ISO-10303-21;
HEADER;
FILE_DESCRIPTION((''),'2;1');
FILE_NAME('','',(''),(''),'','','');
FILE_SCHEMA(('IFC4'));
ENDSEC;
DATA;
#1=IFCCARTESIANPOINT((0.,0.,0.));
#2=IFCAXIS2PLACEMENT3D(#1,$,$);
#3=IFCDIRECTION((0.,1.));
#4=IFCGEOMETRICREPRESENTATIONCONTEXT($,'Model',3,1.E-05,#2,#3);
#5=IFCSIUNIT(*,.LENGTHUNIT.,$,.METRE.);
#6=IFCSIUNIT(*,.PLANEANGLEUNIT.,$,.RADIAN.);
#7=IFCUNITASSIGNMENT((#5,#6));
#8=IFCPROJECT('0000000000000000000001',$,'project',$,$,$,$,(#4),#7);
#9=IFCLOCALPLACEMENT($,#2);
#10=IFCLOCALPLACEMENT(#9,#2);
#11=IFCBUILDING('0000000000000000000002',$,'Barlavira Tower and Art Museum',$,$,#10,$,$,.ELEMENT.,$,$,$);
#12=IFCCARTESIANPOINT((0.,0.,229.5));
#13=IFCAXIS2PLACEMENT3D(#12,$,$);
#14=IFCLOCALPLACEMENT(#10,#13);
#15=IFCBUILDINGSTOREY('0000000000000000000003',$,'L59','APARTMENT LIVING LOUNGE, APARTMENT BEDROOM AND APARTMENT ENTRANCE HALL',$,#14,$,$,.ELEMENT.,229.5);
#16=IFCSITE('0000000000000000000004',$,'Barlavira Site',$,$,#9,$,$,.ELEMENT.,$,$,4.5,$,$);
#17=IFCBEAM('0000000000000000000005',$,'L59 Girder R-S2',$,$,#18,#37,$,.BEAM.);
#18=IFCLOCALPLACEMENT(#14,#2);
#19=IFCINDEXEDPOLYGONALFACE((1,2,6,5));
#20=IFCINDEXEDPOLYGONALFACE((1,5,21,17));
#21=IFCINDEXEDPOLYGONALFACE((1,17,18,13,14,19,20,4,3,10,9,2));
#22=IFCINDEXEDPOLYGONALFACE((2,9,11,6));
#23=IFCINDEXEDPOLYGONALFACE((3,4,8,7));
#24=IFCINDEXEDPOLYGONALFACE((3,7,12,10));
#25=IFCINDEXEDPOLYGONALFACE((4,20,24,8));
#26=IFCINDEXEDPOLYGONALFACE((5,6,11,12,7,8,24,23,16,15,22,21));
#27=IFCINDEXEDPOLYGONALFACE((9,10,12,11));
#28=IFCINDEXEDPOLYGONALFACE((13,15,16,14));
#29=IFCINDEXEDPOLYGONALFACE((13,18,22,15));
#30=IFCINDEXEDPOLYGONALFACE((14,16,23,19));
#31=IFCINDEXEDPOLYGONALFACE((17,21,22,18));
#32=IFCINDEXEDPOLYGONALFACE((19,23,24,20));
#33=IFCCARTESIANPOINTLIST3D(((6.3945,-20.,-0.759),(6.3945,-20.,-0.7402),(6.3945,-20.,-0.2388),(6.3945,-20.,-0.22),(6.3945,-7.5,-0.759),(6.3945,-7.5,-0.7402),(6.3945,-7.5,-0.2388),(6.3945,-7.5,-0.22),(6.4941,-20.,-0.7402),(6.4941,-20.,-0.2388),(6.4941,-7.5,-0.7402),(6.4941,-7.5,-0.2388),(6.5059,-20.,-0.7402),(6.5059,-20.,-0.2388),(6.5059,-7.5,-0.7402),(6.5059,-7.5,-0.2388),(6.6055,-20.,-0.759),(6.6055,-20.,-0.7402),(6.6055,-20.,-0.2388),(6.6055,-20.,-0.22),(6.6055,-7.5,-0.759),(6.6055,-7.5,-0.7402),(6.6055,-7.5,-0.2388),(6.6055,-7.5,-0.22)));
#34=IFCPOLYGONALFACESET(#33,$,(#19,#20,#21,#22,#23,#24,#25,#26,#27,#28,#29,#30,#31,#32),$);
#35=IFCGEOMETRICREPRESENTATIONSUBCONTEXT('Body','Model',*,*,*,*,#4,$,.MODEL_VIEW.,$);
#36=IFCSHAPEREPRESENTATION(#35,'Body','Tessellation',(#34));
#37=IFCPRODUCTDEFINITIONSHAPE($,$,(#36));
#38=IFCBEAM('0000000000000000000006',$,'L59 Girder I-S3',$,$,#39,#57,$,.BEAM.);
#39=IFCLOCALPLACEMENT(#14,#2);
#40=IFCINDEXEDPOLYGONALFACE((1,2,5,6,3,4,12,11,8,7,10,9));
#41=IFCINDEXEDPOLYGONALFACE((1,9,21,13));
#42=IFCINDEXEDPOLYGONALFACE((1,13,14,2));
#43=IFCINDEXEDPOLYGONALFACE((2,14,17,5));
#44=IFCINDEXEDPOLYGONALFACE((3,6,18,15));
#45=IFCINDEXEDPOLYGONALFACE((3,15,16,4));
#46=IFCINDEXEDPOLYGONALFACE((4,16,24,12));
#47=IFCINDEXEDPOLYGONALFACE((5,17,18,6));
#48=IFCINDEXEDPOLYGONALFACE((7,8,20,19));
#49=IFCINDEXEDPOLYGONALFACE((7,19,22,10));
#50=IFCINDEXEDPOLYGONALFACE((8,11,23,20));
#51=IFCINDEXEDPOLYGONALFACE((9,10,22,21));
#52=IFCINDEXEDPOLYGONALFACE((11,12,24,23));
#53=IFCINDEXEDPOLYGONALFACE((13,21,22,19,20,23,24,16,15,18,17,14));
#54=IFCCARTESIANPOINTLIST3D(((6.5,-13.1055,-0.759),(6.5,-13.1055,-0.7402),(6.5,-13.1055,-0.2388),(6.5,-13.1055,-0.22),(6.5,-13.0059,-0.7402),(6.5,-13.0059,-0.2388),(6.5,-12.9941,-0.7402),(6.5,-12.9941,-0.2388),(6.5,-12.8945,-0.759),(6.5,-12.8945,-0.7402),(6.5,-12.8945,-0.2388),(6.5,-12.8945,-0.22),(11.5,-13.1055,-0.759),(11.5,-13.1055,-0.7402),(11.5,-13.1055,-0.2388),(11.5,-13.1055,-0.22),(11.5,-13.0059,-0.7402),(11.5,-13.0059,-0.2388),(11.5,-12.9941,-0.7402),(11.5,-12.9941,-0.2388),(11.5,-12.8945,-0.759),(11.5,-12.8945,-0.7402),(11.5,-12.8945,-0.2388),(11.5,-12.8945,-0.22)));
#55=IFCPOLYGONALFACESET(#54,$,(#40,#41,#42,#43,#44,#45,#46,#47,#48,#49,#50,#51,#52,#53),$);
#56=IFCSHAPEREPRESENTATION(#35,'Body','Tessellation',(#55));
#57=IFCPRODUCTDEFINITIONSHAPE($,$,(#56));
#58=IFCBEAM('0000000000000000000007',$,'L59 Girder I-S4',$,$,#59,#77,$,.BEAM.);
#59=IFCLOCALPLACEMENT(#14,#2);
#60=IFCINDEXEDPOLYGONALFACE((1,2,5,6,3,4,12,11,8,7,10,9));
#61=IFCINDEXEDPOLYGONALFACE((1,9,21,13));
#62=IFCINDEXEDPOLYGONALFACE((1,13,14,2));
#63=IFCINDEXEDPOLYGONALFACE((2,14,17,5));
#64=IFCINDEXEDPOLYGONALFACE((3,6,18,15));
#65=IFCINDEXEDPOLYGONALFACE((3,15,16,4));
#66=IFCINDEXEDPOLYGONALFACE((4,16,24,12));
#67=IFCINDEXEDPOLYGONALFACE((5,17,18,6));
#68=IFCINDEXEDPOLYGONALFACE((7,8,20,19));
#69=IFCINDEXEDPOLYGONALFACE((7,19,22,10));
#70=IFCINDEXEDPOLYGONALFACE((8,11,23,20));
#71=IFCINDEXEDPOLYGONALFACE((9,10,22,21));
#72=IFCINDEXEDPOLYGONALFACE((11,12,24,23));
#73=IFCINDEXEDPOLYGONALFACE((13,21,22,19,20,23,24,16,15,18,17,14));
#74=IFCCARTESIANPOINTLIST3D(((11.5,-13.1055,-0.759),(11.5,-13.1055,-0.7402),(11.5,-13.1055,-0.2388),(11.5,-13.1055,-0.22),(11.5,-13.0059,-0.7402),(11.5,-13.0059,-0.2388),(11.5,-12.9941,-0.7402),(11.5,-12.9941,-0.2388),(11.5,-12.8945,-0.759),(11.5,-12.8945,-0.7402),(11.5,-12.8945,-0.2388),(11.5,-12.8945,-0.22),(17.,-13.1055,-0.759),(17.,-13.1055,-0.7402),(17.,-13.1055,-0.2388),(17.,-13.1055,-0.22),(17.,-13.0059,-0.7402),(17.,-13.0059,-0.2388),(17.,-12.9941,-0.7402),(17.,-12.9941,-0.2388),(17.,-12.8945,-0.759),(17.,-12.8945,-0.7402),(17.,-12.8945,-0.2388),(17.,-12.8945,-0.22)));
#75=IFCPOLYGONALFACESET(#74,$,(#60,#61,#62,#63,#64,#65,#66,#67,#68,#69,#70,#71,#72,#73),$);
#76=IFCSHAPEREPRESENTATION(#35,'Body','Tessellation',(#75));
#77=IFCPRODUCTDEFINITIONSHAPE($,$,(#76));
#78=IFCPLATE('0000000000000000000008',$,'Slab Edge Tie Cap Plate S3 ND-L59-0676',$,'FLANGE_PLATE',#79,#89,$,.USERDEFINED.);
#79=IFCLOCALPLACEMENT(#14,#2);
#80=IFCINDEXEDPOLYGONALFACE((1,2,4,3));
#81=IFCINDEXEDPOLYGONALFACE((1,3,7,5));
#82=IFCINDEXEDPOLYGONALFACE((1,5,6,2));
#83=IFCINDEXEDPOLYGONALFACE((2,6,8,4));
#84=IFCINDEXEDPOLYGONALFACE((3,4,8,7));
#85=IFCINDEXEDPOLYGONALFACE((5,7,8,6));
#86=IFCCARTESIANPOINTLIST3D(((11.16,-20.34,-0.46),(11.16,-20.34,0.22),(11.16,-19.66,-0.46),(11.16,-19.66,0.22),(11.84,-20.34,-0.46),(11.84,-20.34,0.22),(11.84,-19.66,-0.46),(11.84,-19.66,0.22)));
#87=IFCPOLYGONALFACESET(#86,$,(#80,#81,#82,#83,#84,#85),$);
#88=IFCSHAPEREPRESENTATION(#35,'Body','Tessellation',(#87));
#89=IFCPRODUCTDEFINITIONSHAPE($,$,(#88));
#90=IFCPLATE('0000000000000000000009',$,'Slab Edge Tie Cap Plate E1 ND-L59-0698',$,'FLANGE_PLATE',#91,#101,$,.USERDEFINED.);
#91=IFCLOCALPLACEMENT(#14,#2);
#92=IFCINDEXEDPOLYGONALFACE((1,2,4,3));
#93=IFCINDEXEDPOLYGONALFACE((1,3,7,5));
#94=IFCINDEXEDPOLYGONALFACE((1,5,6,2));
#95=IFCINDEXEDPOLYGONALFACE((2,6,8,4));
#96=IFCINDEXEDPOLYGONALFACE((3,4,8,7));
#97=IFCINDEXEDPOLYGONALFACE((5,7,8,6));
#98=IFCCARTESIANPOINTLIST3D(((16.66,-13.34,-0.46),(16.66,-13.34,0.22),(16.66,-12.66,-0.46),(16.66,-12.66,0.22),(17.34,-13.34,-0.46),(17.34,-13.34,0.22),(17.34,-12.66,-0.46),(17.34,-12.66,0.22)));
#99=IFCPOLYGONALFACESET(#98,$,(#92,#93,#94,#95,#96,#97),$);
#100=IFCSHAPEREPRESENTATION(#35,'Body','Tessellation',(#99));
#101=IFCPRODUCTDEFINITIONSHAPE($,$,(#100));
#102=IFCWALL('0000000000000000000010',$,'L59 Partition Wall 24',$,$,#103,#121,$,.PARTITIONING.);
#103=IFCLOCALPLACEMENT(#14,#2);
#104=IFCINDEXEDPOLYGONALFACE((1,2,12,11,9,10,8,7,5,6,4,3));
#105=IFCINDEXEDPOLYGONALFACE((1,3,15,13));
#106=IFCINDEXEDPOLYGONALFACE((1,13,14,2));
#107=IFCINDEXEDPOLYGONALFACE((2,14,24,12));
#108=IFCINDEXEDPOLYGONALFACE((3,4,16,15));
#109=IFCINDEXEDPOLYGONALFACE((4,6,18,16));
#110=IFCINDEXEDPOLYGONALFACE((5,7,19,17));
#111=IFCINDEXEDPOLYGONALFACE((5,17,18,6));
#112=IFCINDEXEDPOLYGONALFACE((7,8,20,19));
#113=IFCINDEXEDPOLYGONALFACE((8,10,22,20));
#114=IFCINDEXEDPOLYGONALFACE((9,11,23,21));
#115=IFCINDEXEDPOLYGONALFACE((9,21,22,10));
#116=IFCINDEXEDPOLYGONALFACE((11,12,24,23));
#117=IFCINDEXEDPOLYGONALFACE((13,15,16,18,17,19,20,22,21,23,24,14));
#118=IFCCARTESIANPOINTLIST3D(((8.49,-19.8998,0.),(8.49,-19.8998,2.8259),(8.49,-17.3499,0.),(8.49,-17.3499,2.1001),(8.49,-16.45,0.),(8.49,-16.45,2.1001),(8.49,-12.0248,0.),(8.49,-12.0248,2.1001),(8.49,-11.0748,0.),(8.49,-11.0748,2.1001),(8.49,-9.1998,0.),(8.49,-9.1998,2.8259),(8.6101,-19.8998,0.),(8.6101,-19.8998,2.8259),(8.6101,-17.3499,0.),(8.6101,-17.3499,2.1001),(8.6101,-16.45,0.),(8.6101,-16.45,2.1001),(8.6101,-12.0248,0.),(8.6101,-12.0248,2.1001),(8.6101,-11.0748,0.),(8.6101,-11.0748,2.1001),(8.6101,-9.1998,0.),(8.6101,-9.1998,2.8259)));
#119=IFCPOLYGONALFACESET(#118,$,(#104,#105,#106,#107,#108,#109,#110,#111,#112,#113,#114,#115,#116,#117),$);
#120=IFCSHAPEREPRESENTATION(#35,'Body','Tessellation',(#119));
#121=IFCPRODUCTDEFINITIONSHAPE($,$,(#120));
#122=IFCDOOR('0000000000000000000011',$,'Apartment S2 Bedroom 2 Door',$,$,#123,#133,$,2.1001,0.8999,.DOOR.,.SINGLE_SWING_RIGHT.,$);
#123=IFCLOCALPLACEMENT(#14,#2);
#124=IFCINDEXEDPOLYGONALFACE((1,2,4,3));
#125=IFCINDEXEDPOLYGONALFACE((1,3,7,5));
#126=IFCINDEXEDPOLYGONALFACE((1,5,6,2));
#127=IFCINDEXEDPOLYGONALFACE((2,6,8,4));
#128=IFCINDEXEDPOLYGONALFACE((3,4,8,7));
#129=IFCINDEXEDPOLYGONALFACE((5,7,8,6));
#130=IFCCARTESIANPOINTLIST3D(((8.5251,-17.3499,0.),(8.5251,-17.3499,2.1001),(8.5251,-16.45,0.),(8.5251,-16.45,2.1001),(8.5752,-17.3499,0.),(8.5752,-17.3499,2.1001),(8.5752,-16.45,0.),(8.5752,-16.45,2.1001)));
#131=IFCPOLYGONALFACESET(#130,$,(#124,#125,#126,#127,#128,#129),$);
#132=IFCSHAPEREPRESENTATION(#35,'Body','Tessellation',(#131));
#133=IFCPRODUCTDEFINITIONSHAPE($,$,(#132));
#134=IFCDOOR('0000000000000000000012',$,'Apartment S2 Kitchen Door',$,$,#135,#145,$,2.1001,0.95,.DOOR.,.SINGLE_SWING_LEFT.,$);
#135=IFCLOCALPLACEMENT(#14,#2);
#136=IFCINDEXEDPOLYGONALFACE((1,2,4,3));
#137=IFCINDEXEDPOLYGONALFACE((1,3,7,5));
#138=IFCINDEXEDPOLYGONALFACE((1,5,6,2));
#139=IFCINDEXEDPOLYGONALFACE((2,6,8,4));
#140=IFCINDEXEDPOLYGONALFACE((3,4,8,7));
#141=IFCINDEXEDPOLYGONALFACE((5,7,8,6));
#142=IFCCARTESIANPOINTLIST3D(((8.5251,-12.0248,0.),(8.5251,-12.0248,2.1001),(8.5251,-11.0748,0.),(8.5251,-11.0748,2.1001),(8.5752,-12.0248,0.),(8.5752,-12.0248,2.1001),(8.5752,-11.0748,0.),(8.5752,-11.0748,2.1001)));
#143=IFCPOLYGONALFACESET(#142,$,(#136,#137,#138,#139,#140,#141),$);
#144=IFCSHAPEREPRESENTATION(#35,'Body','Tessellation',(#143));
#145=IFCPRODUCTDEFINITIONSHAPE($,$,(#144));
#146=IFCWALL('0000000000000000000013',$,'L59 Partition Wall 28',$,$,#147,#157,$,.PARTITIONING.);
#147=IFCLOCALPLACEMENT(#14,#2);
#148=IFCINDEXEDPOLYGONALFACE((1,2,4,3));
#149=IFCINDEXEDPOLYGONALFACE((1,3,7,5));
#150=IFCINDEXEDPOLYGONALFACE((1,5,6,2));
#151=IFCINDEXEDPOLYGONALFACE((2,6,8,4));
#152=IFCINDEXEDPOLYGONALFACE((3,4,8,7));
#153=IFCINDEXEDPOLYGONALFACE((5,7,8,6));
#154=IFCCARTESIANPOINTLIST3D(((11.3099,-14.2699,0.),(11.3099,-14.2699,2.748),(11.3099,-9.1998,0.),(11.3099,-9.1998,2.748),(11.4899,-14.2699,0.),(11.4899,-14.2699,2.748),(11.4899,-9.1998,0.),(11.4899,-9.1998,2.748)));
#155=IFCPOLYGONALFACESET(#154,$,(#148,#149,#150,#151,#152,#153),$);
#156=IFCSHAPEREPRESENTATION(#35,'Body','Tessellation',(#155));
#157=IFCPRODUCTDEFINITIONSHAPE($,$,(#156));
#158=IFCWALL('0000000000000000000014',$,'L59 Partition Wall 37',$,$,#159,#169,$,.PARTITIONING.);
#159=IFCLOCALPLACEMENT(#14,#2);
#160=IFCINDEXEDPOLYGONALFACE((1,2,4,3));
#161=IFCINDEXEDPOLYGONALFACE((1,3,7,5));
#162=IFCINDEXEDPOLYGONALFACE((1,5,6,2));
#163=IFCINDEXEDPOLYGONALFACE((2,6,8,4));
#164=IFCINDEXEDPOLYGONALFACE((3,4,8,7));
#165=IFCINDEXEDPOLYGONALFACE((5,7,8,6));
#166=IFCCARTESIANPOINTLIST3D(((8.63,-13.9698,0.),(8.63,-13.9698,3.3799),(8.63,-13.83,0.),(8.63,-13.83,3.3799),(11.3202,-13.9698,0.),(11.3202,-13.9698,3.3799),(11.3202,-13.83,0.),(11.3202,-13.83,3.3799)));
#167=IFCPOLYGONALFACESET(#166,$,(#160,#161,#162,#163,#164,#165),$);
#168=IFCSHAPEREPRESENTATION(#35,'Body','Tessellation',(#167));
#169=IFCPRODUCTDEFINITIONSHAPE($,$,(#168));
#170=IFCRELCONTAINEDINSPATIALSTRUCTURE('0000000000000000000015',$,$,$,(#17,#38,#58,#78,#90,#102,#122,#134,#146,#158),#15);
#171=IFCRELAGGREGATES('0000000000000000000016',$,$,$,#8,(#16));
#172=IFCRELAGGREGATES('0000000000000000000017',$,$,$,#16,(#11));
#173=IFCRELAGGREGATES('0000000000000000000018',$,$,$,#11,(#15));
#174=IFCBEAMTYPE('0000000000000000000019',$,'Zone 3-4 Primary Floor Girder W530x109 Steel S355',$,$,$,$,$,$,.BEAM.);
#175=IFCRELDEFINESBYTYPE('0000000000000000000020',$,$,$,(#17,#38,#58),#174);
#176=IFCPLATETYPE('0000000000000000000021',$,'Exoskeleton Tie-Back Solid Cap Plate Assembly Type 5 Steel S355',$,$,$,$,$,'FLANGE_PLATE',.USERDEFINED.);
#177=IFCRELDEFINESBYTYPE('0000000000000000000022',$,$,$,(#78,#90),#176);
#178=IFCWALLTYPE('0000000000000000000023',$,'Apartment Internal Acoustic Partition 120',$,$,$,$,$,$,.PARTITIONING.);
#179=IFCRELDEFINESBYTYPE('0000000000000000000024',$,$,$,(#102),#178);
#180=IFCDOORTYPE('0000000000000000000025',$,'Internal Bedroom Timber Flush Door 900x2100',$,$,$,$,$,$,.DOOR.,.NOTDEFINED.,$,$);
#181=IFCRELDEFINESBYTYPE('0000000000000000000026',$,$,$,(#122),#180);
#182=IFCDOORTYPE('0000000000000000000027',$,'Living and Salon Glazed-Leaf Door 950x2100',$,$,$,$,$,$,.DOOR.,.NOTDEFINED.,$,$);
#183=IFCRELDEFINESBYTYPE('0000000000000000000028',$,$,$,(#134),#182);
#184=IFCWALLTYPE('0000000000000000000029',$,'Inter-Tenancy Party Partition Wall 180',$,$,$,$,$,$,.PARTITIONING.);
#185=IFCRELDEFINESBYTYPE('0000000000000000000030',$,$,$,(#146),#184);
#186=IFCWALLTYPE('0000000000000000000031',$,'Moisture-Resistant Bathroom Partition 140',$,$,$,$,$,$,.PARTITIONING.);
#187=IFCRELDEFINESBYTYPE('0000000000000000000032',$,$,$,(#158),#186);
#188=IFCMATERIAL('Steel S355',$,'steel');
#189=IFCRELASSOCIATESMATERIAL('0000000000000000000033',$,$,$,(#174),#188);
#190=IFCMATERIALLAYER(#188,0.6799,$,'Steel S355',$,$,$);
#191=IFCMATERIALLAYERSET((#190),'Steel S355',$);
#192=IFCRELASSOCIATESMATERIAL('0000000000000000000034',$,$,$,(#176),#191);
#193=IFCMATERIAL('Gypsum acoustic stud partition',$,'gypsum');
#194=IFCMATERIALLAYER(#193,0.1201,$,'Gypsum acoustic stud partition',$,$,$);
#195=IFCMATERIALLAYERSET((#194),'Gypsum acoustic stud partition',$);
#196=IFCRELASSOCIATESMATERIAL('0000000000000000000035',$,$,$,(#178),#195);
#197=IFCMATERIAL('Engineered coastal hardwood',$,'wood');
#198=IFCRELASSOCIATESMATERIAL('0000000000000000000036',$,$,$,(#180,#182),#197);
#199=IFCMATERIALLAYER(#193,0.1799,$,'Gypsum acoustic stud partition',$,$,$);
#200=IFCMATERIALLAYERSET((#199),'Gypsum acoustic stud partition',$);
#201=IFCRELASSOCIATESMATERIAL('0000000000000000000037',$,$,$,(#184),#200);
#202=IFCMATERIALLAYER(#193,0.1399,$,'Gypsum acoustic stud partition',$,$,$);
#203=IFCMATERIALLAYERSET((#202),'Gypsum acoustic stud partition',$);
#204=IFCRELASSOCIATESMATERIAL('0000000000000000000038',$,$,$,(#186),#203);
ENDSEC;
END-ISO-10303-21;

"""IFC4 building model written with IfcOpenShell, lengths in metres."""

from ifc_helpers import new_model, si_unit, direction, frame, frame_2d, origin, origin_2d, place, context, subcontext, project, spatial, rectangle, i_section, extrude, material, layer, layer_set, material_profile, profile_set, type_object, element, fill, save


model = new_model("IFC4")

# Units and contexts
model_context = context("Model", 3, precision=1e-05, world=origin(), true_north=direction((0.0, 1.0)))
body_context = subcontext(model_context, "Body", "Model", "MODEL_VIEW")
ifc_project = project(units=[si_unit("LENGTHUNIT", "METRE"), si_unit("PLANEANGLEUNIT", "RADIAN")], contexts=[model_context])

# Site, building, storey
site_placement = place(None, origin())
site = spatial("IfcSite", under=ifc_project, at=site_placement, Name="Barlavira Site", CompositionType="ELEMENT", RefElevation=4.5)
building_placement = place(site_placement, origin())
building = spatial("IfcBuilding", under=site, at=building_placement, Name="Barlavira Tower and Art Museum", CompositionType="ELEMENT")
storey_placement = place(building_placement, frame((0.0, 0.0, 229.5)))
storey = spatial("IfcBuildingStorey", under=building, at=storey_placement, Name="L59", Description="APARTMENT LIVING LOUNGE, APARTMENT BEDROOM AND APARTMENT ENTRANCE HALL", CompositionType="ELEMENT", Elevation=229.5)

# Shared definitions
ifc_material_1 = material(Name="Steel S355", Category="steel")

# Beams
ifc_material_profile_1 = material_profile(ifc_material_1, i_section(OverallWidth=0.2109, OverallDepth=0.5391, WebThickness=0.0117, FlangeThickness=0.0188, at=origin_2d()), Name="W530x109.0")
ifc_profile_set_1 = profile_set([ifc_material_profile_1], Name="Steel S355")
beam_type_1 = type_object("IfcBeamType", Name="Zone 3-4 Primary Floor Girder W530x109 Steel S355", PredefinedType="BEAM", material=ifc_profile_set_1)
beam_1_placement = place(storey_placement, frame((6.5, -20.0, -0.4895), z_axis=(0.0, 1.0, 0.0), x_axis=(-1.0, 0.0, 0.0)))
element("IfcBeam", 1, at=beam_1_placement, inside=storey, type_object=beam_type_1, Name="L59 Girder R-S2", PredefinedType="BEAM", context=body_context, shape_type="SweptSolid", body=[
    extrude(i_section(OverallWidth=0.2109, OverallDepth=0.5391, WebThickness=0.0117, FlangeThickness=0.0188, at=origin_2d()), origin(), (0.0, 0.0, 1.0), 12.5),
])
beam_2_placement = place(storey_placement, frame((6.5, -13.0, -0.4895), z_axis=(1.0, 0.0, 0.0), x_axis=(0.0, 1.0, 0.0)))
element("IfcBeam", 2, at=beam_2_placement, inside=storey, type_object=beam_type_1, Name="L59 Girder I-S3", PredefinedType="BEAM", context=body_context, shape_type="SweptSolid", body=[
    extrude(i_section(OverallWidth=0.2109, OverallDepth=0.5391, WebThickness=0.0117, FlangeThickness=0.0188, at=origin_2d()), origin(), (0.0, 0.0, 1.0), 5.0),
])
beam_3_placement = place(storey_placement, frame((11.5, -13.0, -0.4895), z_axis=(1.0, 0.0, 0.0), x_axis=(0.0, 1.0, 0.0)))
element("IfcBeam", 3, at=beam_3_placement, inside=storey, type_object=beam_type_1, Name="L59 Girder I-S4", PredefinedType="BEAM", context=body_context, shape_type="SweptSolid", body=[
    extrude(i_section(OverallWidth=0.2109, OverallDepth=0.5391, WebThickness=0.0117, FlangeThickness=0.0188, at=origin_2d()), origin(), (0.0, 0.0, 1.0), 5.5),
])

# Plates
ifc_layer_1 = layer(ifc_material_1, 0.6799, Name="Steel S355")
ifc_layer_set_1 = layer_set([ifc_layer_1], Name="Steel S355")
plate_type = type_object("IfcPlateType", Name="Exoskeleton Tie-Back Solid Cap Plate Assembly Type 5 Steel S355", ElementType="FLANGE_PLATE", PredefinedType="USERDEFINED", material=ifc_layer_set_1)
for number, where, z_axis, x_axis, name in (
    (4, (11.5, -20.0, -0.46), (0.0, 0.0, 1.0), (1.0, 0.0, 0.0), "Slab Edge Tie Cap Plate S3 ND-L59-0676"),
    (5, (17.0, -13.0, -0.46), (0.0, 0.0, 1.0), (1.0, 0.0, 0.0), "Slab Edge Tie Cap Plate E1 ND-L59-0698"),
):
    element("IfcPlate", number, at=place(storey_placement, frame(where, z_axis=z_axis, x_axis=x_axis)), inside=storey, type_object=plate_type, Name=name, ObjectType="FLANGE_PLATE", PredefinedType="USERDEFINED", context=body_context, shape_type="SweptSolid", body=[
        extrude(rectangle(XDim=0.6799, YDim=0.6799, at=origin_2d()), origin(), (0.0, 0.0, 1.0), 0.6799),
    ])

# Wall, openings, doors
ifc_material_2 = material(Name="Gypsum acoustic stud partition", Category="gypsum")
ifc_layer_2 = layer(ifc_material_2, 0.1201, Name="Gypsum acoustic stud partition")
ifc_layer_set_2 = layer_set([ifc_layer_2], Name="Gypsum acoustic stud partition")
wall_type_1 = type_object("IfcWallType", Name="Apartment Internal Acoustic Partition 120", PredefinedType="PARTITIONING", material=ifc_layer_set_2)
wall_1_placement = place(storey_placement, frame((8.55, -19.8999, 0.0), z_axis=(0.0, 0.0, 1.0), x_axis=(0.0, 1.0, 0.0)))
wall_1 = element("IfcWall", 6, at=wall_1_placement, inside=storey, type_object=wall_type_1, Name="L59 Partition Wall 24", PredefinedType="PARTITIONING", context=body_context, shape_type="SweptSolid", body=[
    extrude(rectangle(XDim=10.7, YDim=0.1201, at=frame_2d((5.3501, 0.0))), origin(), (0.0, 0.0, 1.0), 2.8259),
])
opening_1_placement = place(wall_1_placement, frame((7.875, 0.0, 0.0)))
opening_1 = element("IfcOpeningElement", 7, at=opening_1_placement, cuts=wall_1, PredefinedType="OPENING", context=body_context, shape_type="SweptSolid", body=[
    extrude(rectangle(XDim=0.95, YDim=2.1001, at=frame_2d((0.4751, 1.05))), frame((0.0, 0.0701, 0.0), z_axis=(0.0, -1.0, 0.0), x_axis=(1.0, 0.0, 0.0)), (0.0, 0.0, 1.0), 0.1401),
])
opening_2_placement = place(wall_1_placement, frame((2.55, 0.0, 0.0)))
opening_2 = element("IfcOpeningElement", 8, at=opening_2_placement, cuts=wall_1, PredefinedType="OPENING", context=body_context, shape_type="SweptSolid", body=[
    extrude(rectangle(XDim=0.8999, YDim=2.1001, at=frame_2d((0.45, 1.05))), frame((0.0, 0.0701, 0.0), z_axis=(0.0, -1.0, 0.0), x_axis=(1.0, 0.0, 0.0)), (0.0, 0.0, 1.0), 0.1401),
])
ifc_material_3 = material(Name="Engineered coastal hardwood", Category="wood")
door_type_1 = type_object("IfcDoorType", Name="Internal Bedroom Timber Flush Door 900x2100", OperationType="NOTDEFINED", PredefinedType="DOOR", material=ifc_material_3)
door_1_placement = place(opening_2_placement, origin())
door_1 = element("IfcDoor", 9, at=door_1_placement, inside=storey, type_object=door_type_1, Name="Apartment S2 Bedroom 2 Door", OperationType="SINGLE_SWING_RIGHT", OverallHeight=2.1001, OverallWidth=0.8999, PredefinedType="DOOR", context=body_context, shape_type="SweptSolid", body=[
    extrude(rectangle(XDim=0.8999, YDim=2.1001, at=frame_2d((0.45, 1.05))), frame((0.0, 0.0249, 0.0), z_axis=(0.0, -1.0, 0.0), x_axis=(1.0, 0.0, 0.0)), (0.0, 0.0, 1.0), 0.05),
])
fill(opening_2, door_1)
door_type_2 = type_object("IfcDoorType", Name="Living and Salon Glazed-Leaf Door 950x2100", OperationType="NOTDEFINED", PredefinedType="DOOR", material=ifc_material_3)
door_2_placement = place(opening_1_placement, origin())
door_2 = element("IfcDoor", 10, at=door_2_placement, inside=storey, type_object=door_type_2, Name="Apartment S2 Kitchen Door", OperationType="SINGLE_SWING_LEFT", OverallHeight=2.1001, OverallWidth=0.95, PredefinedType="DOOR", context=body_context, shape_type="SweptSolid", body=[
    extrude(rectangle(XDim=0.95, YDim=2.1001, at=frame_2d((0.4751, 1.05))), frame((0.0, 0.0249, 0.0), z_axis=(0.0, -1.0, 0.0), x_axis=(1.0, 0.0, 0.0)), (0.0, 0.0, 1.0), 0.05),
])
fill(opening_1, door_2)

# Walls
ifc_layer_3 = layer(ifc_material_2, 0.1799, Name="Gypsum acoustic stud partition")
ifc_layer_set_3 = layer_set([ifc_layer_3], Name="Gypsum acoustic stud partition")
wall_type_2 = type_object("IfcWallType", Name="Inter-Tenancy Party Partition Wall 180", PredefinedType="PARTITIONING", material=ifc_layer_set_3)
wall_2_placement = place(storey_placement, frame((11.3999, -14.27, 0.0), z_axis=(0.0, 0.0, 1.0), x_axis=(0.0, 1.0, 0.0)))
element("IfcWall", 11, at=wall_2_placement, inside=storey, type_object=wall_type_2, Name="L59 Partition Wall 28", PredefinedType="PARTITIONING", context=body_context, shape_type="SweptSolid", body=[
    extrude(rectangle(XDim=5.0701, YDim=0.1799, at=frame_2d((2.5352, 0.0))), origin(), (0.0, 0.0, 1.0), 2.748),
])
ifc_layer_4 = layer(ifc_material_2, 0.1399, Name="Gypsum acoustic stud partition")
ifc_layer_set_4 = layer_set([ifc_layer_4], Name="Gypsum acoustic stud partition")
wall_type_3 = type_object("IfcWallType", Name="Moisture-Resistant Bathroom Partition 140", PredefinedType="PARTITIONING", material=ifc_layer_set_4)
wall_3_placement = place(storey_placement, frame((8.6299, -13.8999, 0.0), z_axis=(0.0, 0.0, 1.0), x_axis=(1.0, 0.0, 0.0)))
element("IfcWall", 12, at=wall_3_placement, inside=storey, type_object=wall_type_3, Name="L59 Partition Wall 37", PredefinedType="PARTITIONING", context=body_context, shape_type="SweptSolid", body=[
    extrude(rectangle(XDim=2.6902, YDim=0.1399, at=frame_2d((1.3452, 0.0))), origin(), (0.0, 0.0, 1.0), 3.3799),
])

save(model, "model.ifc")
